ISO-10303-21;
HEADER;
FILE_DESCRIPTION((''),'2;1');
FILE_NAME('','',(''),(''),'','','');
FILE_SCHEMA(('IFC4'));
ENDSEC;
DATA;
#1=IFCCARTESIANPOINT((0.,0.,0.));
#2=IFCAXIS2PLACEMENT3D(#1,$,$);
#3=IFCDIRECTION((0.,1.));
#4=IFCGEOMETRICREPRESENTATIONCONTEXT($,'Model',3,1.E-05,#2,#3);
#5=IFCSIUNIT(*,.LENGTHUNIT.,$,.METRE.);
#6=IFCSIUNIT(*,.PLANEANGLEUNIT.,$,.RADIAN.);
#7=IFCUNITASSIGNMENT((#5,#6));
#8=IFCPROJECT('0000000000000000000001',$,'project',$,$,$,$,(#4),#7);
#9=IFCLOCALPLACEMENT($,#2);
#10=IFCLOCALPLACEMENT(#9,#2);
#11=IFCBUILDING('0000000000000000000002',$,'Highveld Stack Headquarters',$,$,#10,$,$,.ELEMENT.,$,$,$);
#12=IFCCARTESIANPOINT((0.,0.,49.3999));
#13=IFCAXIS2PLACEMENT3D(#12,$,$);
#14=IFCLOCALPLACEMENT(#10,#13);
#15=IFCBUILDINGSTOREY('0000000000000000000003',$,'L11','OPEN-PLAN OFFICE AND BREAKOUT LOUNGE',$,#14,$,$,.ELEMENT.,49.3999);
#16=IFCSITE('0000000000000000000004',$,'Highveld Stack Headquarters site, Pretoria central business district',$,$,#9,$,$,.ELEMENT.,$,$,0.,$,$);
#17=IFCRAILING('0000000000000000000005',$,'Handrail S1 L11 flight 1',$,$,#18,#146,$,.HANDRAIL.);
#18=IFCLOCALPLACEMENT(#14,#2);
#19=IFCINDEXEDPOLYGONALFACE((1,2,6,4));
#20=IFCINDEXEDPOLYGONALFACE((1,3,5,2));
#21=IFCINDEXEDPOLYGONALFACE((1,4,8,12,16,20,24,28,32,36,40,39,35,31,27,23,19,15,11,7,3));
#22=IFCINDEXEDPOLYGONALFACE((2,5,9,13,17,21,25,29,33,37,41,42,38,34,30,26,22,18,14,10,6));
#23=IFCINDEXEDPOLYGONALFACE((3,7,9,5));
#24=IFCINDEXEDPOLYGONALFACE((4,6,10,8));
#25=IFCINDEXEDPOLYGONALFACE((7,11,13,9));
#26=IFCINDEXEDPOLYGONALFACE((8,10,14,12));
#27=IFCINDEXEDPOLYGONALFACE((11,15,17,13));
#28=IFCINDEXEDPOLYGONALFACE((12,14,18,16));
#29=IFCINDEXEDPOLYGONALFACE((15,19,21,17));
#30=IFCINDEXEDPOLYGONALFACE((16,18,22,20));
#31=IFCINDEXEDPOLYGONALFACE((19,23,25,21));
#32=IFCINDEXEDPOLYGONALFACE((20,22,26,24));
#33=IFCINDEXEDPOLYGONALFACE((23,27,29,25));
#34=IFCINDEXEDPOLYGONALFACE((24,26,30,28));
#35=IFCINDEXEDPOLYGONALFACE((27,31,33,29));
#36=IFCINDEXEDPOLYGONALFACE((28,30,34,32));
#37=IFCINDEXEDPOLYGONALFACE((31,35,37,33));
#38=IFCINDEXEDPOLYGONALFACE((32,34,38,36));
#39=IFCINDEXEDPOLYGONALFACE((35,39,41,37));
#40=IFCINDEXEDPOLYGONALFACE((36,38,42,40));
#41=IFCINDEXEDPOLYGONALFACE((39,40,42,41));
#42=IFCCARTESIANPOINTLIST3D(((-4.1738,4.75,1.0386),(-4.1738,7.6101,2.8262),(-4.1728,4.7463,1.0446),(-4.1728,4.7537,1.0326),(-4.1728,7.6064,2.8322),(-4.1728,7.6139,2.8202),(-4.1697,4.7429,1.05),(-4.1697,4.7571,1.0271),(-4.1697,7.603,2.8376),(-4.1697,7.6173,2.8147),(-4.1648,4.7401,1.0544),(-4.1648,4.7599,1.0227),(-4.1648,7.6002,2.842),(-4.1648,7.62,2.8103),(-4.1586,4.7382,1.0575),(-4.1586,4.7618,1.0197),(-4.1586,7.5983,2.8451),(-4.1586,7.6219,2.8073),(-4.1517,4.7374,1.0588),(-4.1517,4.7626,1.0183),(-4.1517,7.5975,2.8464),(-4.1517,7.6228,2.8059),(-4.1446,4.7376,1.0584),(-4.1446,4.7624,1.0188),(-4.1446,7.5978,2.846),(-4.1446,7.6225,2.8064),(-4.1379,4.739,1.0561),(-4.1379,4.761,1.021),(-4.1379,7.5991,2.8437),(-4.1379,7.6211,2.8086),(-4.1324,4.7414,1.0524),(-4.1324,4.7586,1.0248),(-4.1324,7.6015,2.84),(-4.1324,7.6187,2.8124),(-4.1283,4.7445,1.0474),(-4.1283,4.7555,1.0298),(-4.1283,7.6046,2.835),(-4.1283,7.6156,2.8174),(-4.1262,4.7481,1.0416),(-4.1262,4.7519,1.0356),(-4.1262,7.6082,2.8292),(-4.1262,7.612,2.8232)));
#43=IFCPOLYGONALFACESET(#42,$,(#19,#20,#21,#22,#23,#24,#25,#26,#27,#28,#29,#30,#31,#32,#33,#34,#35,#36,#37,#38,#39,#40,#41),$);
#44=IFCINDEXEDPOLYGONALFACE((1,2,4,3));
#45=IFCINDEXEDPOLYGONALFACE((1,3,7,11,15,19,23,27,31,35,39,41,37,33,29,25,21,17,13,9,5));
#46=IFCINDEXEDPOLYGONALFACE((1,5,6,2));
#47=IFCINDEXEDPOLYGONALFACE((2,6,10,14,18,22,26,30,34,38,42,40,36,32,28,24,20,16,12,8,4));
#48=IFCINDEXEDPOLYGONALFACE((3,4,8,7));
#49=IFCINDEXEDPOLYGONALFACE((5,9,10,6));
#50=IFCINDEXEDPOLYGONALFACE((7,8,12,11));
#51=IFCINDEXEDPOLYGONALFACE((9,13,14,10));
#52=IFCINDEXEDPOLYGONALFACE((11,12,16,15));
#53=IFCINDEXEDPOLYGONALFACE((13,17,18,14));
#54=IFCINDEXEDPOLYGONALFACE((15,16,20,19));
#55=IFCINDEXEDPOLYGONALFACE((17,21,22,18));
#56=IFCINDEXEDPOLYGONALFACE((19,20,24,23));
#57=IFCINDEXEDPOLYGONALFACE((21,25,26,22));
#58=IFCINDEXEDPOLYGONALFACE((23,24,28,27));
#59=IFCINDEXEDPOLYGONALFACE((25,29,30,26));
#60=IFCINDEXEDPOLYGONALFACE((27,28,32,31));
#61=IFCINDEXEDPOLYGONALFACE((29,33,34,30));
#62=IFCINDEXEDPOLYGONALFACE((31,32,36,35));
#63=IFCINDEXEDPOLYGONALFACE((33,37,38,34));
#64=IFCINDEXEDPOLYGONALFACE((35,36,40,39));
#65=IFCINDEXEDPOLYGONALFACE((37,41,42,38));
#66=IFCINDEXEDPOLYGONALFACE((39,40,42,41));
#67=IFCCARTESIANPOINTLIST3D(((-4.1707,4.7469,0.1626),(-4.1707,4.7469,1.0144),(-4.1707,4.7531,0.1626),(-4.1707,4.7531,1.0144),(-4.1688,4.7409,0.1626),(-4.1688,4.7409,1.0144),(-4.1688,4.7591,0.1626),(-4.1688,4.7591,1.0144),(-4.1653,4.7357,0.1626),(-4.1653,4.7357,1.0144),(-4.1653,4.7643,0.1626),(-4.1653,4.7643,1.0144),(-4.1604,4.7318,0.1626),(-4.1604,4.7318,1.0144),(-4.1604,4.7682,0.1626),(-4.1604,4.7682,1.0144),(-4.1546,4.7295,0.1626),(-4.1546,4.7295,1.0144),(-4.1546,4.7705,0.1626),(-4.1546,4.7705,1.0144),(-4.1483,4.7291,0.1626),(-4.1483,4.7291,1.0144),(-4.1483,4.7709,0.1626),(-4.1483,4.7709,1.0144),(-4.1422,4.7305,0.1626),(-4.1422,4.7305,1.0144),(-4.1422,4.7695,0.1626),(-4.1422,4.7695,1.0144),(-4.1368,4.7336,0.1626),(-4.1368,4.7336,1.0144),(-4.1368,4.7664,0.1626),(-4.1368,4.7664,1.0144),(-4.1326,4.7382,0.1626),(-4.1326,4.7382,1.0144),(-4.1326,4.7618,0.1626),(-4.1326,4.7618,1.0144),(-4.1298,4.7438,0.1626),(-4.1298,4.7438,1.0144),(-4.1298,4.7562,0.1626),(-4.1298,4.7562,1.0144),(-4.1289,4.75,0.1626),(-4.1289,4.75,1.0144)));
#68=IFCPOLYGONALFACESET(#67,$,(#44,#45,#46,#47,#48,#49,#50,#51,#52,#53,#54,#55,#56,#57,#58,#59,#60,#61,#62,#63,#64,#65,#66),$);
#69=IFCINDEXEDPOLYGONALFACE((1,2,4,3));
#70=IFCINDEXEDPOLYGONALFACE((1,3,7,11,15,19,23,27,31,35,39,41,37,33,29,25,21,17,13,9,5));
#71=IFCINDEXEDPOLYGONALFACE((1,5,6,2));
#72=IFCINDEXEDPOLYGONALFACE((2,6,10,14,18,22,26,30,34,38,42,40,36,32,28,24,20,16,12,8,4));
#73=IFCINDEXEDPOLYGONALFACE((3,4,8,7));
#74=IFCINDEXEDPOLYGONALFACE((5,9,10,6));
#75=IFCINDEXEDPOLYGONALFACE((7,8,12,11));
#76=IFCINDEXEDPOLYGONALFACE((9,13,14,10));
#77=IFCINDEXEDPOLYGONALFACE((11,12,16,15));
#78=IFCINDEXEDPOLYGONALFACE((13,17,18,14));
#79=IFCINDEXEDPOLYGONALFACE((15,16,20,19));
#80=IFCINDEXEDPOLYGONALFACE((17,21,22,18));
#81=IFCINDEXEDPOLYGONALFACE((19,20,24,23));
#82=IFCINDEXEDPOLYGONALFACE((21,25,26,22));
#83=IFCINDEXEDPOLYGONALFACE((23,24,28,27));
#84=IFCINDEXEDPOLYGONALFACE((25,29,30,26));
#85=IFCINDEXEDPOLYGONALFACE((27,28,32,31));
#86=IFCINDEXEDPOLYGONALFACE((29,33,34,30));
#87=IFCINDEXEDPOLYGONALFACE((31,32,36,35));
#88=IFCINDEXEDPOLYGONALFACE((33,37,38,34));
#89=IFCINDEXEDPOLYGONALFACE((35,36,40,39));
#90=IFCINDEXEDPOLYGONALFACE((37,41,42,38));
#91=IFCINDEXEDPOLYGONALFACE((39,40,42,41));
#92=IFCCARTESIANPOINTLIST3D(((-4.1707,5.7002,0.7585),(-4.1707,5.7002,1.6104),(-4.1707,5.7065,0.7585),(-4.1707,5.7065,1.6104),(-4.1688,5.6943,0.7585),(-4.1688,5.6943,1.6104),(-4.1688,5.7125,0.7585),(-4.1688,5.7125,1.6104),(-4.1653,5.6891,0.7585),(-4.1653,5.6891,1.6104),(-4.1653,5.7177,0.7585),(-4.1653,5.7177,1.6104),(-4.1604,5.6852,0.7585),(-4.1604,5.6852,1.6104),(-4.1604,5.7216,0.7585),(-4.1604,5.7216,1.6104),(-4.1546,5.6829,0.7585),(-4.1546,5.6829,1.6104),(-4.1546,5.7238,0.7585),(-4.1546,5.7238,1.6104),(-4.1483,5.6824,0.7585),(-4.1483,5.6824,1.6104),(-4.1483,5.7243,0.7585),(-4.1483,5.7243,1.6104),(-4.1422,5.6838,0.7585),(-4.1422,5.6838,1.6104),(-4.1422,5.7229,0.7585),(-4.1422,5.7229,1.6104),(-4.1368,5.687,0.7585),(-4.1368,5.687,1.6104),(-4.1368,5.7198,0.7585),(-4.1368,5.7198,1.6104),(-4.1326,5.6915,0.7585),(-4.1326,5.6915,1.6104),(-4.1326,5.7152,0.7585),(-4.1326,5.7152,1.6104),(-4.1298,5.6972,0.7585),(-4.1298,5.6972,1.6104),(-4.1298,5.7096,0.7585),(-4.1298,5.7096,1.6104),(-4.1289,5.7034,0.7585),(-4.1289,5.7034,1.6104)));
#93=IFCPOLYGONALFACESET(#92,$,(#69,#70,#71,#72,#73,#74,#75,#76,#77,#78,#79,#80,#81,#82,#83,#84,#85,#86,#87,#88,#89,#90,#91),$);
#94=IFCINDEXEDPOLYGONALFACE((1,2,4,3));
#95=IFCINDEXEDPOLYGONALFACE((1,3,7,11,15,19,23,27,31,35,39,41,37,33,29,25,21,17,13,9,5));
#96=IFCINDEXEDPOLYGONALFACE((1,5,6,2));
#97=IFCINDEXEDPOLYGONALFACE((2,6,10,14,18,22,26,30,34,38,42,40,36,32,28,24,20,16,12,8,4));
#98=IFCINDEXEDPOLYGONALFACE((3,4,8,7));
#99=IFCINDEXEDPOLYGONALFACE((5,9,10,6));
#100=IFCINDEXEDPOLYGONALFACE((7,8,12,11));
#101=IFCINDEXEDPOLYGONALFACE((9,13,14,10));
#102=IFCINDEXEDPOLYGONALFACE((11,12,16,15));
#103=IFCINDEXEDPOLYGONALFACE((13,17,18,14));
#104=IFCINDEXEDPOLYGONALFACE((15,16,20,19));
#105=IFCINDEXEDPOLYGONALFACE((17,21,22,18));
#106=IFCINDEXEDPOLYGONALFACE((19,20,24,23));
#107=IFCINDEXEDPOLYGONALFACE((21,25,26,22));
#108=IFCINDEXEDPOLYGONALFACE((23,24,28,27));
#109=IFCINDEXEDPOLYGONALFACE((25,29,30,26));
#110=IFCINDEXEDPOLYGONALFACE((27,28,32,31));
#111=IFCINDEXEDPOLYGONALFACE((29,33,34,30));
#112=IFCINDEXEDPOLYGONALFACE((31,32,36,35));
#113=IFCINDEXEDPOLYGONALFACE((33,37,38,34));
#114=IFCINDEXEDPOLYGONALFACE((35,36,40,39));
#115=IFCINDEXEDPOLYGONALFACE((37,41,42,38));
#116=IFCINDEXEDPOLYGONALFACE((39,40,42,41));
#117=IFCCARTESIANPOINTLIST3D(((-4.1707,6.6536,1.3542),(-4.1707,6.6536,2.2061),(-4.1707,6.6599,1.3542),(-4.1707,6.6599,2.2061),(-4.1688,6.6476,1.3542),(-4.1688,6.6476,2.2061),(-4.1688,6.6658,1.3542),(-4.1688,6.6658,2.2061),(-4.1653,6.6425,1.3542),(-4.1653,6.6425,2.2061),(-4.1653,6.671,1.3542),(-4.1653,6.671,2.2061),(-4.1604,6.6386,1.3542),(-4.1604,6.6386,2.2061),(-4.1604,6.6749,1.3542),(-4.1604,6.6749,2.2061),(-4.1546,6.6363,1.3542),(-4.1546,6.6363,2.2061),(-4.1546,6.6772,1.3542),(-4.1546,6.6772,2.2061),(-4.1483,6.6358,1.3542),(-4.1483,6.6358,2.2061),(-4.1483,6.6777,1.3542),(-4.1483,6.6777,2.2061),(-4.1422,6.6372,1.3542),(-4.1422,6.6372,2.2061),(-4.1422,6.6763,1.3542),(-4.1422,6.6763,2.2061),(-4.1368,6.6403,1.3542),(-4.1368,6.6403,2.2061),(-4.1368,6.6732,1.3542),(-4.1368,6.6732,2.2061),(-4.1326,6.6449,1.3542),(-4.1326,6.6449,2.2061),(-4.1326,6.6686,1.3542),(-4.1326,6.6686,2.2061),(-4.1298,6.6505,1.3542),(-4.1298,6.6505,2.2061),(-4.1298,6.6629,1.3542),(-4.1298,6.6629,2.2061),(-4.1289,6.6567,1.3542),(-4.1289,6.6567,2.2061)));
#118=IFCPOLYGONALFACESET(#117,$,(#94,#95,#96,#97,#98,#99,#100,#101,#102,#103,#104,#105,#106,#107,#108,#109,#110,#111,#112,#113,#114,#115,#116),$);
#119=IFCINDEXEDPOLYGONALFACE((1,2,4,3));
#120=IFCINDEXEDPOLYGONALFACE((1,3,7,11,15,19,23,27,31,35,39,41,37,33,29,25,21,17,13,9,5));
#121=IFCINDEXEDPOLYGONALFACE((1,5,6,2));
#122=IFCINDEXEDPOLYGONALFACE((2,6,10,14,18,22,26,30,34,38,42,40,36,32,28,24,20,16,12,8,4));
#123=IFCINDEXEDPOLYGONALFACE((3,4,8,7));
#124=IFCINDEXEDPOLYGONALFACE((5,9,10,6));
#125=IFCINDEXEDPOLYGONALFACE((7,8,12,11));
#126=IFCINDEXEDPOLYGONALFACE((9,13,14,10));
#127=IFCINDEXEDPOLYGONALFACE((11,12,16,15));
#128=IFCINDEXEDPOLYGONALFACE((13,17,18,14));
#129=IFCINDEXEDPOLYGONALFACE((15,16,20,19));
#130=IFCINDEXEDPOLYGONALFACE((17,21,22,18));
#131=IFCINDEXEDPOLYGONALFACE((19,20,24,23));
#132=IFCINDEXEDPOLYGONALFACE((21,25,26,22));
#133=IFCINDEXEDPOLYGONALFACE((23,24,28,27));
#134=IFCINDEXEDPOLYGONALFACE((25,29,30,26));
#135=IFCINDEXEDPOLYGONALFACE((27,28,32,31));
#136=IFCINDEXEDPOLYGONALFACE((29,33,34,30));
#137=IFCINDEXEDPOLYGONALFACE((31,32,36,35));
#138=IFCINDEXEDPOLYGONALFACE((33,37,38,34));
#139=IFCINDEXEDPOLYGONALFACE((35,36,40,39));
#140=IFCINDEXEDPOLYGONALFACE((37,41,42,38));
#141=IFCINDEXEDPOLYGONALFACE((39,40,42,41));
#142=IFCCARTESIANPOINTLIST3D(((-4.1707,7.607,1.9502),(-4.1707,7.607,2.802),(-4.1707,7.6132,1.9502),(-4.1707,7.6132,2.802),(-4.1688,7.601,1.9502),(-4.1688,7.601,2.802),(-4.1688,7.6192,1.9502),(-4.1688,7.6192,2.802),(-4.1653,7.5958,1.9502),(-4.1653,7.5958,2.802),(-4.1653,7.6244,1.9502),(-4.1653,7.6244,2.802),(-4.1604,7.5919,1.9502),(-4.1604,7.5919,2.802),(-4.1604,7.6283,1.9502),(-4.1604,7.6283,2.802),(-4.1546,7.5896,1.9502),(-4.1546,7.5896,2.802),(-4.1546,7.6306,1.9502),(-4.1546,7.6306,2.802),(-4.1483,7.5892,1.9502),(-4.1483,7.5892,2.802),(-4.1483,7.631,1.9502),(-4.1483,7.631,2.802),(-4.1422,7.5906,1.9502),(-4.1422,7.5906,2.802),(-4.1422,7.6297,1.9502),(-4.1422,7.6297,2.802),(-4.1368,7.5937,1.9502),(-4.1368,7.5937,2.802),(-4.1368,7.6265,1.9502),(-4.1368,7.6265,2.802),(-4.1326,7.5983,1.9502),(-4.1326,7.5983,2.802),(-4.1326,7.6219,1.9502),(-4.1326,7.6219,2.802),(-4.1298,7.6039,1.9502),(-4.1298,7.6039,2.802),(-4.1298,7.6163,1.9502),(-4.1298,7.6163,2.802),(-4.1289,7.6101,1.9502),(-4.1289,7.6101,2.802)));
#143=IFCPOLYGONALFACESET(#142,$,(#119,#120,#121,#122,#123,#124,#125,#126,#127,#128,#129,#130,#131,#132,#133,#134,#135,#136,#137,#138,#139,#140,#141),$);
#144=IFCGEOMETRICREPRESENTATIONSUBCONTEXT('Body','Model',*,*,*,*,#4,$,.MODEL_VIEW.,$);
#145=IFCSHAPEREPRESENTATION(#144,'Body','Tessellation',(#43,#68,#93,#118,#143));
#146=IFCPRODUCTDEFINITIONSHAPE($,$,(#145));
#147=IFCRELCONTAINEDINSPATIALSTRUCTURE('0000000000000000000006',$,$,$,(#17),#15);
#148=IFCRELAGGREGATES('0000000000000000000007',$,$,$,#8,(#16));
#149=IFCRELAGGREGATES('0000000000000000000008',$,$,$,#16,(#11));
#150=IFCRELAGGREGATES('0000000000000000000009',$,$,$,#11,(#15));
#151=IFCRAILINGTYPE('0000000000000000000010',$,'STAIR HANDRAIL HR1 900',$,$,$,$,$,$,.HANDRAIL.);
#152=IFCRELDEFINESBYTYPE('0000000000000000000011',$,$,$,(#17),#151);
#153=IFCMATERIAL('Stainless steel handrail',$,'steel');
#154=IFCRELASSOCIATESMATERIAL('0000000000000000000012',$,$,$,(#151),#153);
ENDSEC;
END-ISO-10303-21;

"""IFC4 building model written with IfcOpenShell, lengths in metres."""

from ifc_helpers import new_model, si_unit, direction, frame, origin, origin_2d, place, context, subcontext, project, spatial, circle, extrude, material, type_object, element, save


model = new_model("IFC4")

# Units and contexts
model_context = context("Model", 3, precision=1e-05, world=origin(), true_north=direction((0.0, 1.0)))
body_context = subcontext(model_context, "Body", "Model", "MODEL_VIEW")
ifc_project = project(units=[si_unit("LENGTHUNIT", "METRE"), si_unit("PLANEANGLEUNIT", "RADIAN")], contexts=[model_context])

# Site, building, storey
site_placement = place(None, origin())
site = spatial("IfcSite", under=ifc_project, at=site_placement, Name="Highveld Stack Headquarters site, Pretoria central business district", CompositionType="ELEMENT", RefElevation=0.0)
building_placement = place(site_placement, origin())
building = spatial("IfcBuilding", under=site, at=building_placement, Name="Highveld Stack Headquarters", CompositionType="ELEMENT")
storey_placement = place(building_placement, frame((0.0, 0.0, 49.3999)))
storey = spatial("IfcBuildingStorey", under=building, at=storey_placement, Name="L11", Description="OPEN-PLAN OFFICE AND BREAKOUT LOUNGE", CompositionType="ELEMENT", Elevation=49.3999)

# Railing
ifc_material_1 = material(Name="Stainless steel handrail", Category="steel")
railing_type = type_object("IfcRailingType", Name="STAIR HANDRAIL HR1 900", PredefinedType="HANDRAIL", material=ifc_material_1)
for number, where, name in (
    (1, (-4.1499, 4.75, 0.1626), "Handrail S1 L11 flight 1"),
):
    element("IfcRailing", number, at=place(storey_placement, frame(where)), inside=storey, type_object=railing_type, Name=name, PredefinedType="HANDRAIL", context=body_context, shape_type="SweptSolid", body=[
        extrude(circle(Radius=0.0239, at=origin_2d()), frame((0.0, 0.0, 0.876), z_axis=(0.0, 0.847994, 0.530005), x_axis=(-1.0, 0.0, 0.0)), (0.0, 0.0, 1.0), 3.3728),
        extrude(circle(Radius=0.021, at=origin_2d()), origin(), (0.0, 0.0, 1.0), 0.8518),
        extrude(circle(Radius=0.021, at=origin_2d()), frame((0.0, 0.9534, 0.5959)), (0.0, 0.0, 1.0), 0.8518),
        extrude(circle(Radius=0.021, at=origin_2d()), frame((0.0, 1.9067, 1.1917)), (0.0, 0.0, 1.0), 0.8518),
        extrude(circle(Radius=0.021, at=origin_2d()), frame((0.0, 2.8601, 1.7876)), (0.0, 0.0, 1.0), 0.8518),
    ])

save(model, "model.ifc")
